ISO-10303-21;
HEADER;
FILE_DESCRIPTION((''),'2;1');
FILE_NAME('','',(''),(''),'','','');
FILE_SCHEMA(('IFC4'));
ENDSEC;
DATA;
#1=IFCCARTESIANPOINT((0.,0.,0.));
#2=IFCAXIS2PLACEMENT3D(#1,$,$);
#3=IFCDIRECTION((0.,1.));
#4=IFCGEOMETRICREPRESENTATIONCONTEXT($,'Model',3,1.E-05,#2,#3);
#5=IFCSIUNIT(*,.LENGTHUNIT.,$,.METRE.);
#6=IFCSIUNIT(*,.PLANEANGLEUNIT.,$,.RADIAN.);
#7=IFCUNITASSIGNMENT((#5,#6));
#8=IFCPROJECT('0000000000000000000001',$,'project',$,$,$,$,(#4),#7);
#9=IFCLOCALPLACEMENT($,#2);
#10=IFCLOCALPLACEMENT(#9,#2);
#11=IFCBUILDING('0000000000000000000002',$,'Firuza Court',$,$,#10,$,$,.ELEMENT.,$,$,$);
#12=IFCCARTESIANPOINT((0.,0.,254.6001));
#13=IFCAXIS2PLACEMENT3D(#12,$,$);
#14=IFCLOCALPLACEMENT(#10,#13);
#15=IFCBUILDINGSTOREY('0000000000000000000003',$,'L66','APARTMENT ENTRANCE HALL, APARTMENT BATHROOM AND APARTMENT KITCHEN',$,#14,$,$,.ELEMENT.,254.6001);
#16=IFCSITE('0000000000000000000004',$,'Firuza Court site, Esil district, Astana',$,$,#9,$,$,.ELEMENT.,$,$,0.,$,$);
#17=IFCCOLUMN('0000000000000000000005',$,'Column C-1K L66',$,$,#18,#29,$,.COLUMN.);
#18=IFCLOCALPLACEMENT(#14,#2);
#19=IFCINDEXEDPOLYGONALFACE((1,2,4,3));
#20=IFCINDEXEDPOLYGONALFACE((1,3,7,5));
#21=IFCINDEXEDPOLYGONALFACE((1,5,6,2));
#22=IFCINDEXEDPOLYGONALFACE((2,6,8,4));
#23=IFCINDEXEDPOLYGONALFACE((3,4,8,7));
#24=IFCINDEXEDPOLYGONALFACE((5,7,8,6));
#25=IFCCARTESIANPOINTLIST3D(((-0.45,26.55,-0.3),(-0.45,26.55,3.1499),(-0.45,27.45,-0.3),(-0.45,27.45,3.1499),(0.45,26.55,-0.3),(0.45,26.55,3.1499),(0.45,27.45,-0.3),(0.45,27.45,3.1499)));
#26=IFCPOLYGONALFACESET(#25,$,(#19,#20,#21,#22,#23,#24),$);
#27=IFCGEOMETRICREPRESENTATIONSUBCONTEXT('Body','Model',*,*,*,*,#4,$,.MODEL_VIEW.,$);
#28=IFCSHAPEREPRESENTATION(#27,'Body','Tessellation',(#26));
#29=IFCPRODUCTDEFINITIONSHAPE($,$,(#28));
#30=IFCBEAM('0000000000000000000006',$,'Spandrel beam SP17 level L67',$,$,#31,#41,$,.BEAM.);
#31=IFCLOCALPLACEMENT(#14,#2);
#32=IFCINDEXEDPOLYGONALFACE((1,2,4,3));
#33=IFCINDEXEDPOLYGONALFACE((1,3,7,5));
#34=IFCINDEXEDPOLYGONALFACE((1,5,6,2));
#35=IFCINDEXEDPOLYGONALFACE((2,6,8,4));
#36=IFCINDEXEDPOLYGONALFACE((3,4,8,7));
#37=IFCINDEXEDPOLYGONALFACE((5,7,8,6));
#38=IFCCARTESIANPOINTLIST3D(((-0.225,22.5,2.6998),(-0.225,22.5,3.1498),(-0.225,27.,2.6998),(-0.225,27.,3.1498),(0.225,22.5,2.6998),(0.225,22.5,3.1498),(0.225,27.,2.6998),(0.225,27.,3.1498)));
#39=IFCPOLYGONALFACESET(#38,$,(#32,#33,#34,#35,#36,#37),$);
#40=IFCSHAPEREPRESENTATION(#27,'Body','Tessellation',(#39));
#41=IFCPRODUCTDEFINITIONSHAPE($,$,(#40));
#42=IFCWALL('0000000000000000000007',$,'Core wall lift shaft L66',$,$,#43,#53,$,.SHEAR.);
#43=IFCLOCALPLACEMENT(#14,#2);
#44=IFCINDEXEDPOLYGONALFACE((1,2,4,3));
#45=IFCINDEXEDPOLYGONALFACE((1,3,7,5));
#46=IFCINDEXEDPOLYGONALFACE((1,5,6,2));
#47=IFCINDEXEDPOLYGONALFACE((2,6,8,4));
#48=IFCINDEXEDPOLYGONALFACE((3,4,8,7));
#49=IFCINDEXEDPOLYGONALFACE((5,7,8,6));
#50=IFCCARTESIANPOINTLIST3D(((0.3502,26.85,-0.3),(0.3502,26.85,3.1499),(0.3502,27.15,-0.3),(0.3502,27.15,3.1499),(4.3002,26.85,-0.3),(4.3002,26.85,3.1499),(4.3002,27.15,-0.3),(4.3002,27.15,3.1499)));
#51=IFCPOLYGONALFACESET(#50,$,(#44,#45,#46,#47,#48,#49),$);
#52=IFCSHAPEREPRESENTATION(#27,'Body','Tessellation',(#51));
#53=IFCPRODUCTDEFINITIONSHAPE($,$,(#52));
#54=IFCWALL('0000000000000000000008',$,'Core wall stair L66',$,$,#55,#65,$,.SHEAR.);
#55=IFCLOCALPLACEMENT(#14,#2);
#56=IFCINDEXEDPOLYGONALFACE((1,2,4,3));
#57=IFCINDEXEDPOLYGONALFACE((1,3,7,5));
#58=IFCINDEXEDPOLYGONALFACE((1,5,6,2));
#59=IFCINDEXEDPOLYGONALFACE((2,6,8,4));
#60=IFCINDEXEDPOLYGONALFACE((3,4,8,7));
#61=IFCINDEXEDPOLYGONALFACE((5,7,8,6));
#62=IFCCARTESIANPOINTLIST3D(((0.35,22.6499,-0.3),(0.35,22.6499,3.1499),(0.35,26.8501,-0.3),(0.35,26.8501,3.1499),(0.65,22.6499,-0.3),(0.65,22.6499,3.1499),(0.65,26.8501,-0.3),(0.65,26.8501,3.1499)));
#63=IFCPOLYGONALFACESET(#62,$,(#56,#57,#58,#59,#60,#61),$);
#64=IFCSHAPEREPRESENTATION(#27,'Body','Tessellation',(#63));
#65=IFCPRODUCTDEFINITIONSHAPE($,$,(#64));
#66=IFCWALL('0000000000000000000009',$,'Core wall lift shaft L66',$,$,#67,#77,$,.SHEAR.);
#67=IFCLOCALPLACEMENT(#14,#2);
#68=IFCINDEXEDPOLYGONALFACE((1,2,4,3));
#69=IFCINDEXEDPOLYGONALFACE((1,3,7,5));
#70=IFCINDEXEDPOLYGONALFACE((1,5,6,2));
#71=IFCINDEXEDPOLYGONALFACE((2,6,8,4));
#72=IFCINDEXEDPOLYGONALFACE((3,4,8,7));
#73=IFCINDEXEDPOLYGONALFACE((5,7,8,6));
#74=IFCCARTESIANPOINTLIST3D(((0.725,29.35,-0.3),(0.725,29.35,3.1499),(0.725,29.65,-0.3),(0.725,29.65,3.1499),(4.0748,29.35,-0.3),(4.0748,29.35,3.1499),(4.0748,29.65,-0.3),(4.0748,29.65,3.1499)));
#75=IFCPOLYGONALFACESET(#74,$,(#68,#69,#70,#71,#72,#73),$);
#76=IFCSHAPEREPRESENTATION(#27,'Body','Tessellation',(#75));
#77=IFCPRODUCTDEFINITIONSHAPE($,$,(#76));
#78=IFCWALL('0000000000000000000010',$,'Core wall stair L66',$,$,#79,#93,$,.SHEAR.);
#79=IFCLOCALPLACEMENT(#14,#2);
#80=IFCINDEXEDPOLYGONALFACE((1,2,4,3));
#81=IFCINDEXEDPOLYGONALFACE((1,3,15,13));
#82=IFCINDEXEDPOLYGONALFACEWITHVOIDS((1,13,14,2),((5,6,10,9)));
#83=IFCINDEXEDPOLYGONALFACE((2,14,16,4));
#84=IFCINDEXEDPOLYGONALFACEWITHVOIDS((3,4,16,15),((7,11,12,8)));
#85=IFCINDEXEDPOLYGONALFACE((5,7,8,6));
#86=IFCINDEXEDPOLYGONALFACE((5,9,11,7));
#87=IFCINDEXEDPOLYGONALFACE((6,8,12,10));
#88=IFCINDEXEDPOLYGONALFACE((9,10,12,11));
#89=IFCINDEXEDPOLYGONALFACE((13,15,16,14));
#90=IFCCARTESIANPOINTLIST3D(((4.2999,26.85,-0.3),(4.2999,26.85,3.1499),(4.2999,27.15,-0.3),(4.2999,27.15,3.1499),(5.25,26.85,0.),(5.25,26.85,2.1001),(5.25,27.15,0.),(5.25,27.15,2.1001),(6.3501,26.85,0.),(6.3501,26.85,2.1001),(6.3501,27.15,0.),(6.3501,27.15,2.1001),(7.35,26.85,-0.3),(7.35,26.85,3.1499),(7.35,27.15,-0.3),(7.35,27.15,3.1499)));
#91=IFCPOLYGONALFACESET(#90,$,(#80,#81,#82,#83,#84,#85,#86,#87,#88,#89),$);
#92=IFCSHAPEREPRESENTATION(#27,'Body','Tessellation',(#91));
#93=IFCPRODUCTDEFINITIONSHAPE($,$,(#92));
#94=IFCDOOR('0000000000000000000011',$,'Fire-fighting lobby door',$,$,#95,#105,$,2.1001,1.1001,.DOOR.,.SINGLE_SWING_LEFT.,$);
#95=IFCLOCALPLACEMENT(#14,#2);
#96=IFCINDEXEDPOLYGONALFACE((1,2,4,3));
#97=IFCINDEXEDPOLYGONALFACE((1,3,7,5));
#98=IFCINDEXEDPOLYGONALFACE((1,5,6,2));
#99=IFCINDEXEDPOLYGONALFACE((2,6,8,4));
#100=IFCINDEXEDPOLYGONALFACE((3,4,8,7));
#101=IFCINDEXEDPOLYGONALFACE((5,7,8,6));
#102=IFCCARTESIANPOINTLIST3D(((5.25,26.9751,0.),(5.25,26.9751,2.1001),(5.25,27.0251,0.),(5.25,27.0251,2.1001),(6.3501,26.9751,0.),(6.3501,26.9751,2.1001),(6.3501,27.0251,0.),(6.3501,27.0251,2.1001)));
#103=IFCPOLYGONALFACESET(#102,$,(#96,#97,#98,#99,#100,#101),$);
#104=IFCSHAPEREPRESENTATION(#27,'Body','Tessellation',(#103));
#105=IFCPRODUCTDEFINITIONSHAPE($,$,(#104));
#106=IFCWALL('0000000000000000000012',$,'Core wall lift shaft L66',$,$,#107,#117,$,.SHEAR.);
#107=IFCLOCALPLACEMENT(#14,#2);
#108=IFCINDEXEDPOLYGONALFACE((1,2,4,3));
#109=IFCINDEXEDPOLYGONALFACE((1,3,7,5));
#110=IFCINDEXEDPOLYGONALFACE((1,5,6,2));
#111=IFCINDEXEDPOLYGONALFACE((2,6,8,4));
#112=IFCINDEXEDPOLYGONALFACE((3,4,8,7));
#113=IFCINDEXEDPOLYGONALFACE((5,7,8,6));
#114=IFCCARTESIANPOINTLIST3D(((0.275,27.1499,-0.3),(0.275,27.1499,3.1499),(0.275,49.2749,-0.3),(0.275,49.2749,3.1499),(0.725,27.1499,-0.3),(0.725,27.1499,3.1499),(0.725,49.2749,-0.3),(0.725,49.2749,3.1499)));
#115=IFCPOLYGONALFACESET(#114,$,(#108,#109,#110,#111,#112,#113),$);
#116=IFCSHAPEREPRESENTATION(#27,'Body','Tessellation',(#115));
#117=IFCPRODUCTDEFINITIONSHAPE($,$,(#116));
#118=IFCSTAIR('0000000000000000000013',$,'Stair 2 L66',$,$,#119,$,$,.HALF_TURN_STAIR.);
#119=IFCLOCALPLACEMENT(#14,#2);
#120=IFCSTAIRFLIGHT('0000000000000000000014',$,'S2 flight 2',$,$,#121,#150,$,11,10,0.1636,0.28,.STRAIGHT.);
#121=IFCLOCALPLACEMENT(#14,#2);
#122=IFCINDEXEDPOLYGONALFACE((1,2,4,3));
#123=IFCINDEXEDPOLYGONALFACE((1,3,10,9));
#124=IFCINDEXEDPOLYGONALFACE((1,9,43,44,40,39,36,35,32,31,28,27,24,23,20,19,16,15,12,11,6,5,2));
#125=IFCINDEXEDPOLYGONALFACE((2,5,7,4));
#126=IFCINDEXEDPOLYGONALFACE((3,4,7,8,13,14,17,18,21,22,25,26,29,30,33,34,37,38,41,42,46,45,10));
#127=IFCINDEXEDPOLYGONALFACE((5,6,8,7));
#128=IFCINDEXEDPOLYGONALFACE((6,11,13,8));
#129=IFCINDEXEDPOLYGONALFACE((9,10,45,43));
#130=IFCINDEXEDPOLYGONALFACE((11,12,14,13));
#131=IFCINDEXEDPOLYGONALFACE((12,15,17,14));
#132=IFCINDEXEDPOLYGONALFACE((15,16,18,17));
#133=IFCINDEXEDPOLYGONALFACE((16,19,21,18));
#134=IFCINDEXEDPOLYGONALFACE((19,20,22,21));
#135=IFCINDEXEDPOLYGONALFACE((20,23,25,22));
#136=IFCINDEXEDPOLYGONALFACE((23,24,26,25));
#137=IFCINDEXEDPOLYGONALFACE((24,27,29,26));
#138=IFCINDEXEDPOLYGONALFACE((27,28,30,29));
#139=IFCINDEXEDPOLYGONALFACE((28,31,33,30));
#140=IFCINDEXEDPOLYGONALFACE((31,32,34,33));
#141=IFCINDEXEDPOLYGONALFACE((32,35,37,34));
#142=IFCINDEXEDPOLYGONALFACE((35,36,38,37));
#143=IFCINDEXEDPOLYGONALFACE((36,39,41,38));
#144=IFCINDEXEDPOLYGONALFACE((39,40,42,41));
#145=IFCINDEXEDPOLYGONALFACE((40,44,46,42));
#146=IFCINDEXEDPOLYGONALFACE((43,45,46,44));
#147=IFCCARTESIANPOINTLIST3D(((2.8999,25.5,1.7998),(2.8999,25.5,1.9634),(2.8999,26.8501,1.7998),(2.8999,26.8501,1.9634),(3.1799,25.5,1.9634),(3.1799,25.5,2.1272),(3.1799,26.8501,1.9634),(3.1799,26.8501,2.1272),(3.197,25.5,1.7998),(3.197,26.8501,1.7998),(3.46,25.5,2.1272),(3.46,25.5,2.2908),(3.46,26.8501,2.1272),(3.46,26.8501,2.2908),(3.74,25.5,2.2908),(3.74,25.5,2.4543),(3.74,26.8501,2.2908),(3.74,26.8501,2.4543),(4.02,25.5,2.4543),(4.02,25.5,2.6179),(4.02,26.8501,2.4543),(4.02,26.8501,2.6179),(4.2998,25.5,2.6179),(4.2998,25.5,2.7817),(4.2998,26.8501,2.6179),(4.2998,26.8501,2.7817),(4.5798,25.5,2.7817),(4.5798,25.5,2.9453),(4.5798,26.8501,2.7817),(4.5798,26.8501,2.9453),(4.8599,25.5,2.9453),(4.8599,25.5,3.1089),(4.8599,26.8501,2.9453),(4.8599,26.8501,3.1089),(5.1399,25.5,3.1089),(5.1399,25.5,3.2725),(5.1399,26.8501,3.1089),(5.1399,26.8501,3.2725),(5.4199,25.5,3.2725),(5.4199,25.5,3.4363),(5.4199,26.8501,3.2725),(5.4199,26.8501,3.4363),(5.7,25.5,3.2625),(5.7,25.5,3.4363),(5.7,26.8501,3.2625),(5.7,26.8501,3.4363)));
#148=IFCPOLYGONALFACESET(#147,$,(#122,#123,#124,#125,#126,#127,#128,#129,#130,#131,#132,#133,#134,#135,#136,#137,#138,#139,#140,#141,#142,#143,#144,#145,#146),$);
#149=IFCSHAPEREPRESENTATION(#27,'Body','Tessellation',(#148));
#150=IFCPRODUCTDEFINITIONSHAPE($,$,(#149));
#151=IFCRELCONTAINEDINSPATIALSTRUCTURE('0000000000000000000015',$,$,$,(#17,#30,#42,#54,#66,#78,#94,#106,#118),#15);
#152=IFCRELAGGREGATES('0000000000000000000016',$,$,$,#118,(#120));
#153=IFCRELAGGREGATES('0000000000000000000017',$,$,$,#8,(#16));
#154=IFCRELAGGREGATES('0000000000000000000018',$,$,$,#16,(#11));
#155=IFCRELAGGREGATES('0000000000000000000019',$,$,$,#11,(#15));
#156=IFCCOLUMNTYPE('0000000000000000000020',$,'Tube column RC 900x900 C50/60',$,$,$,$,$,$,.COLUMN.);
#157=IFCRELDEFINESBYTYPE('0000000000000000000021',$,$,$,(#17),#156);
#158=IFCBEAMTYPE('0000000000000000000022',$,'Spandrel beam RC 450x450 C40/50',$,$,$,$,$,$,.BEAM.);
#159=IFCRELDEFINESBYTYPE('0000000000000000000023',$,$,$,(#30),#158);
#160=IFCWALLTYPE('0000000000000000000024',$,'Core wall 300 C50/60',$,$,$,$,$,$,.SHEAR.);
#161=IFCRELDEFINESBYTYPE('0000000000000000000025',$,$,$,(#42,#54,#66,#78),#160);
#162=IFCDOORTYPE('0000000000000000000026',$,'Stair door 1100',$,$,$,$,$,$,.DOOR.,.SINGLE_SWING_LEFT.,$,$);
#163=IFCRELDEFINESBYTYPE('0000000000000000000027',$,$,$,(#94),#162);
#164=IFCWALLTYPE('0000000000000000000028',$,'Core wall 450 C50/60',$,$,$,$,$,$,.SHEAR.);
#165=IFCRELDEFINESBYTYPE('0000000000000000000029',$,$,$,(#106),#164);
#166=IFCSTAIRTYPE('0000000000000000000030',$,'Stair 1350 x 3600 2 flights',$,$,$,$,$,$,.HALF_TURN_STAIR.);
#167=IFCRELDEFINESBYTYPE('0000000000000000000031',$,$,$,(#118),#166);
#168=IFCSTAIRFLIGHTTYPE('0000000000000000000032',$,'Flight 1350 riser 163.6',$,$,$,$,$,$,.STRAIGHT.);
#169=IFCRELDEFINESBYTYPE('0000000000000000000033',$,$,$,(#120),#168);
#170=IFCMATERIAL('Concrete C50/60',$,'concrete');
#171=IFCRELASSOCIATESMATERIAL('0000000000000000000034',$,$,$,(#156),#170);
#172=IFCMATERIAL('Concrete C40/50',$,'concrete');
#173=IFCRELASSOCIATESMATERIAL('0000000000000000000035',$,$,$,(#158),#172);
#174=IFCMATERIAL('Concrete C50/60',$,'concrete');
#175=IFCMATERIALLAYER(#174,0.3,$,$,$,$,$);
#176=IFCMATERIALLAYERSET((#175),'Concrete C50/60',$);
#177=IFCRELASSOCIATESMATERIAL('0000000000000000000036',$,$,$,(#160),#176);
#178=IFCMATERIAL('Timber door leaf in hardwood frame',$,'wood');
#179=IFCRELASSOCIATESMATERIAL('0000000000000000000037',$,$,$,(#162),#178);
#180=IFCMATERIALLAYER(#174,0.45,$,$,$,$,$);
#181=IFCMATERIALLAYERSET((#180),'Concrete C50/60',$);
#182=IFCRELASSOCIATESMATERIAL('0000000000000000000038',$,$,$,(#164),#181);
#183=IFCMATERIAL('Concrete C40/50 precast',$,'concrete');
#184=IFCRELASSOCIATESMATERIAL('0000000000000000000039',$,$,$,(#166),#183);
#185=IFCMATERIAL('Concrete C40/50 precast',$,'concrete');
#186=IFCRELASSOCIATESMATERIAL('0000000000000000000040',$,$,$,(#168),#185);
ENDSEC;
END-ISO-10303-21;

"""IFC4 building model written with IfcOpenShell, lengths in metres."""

from ifc_helpers import new_model, si_unit, direction, frame, frame_2d, origin, origin_2d, place, context, subcontext, project, spatial, polyline, rectangle, outline, extrude, material, layer, layer_set, material_profile, profile_set, type_object, element, fill, aggregate, save


model = new_model("IFC4")

# Units and contexts
model_context = context("Model", 3, precision=1e-05, world=origin(), true_north=direction((0.0, 1.0)))
body_context = subcontext(model_context, "Body", "Model", "MODEL_VIEW")
ifc_project = project(units=[si_unit("LENGTHUNIT", "METRE"), si_unit("PLANEANGLEUNIT", "RADIAN")], contexts=[model_context])

# Site, building, storey
site_placement = place(None, origin())
site = spatial("IfcSite", under=ifc_project, at=site_placement, Name="Firuza Court site, Esil district, Astana", CompositionType="ELEMENT", RefElevation=0.0)
building_placement = place(site_placement, origin())
building = spatial("IfcBuilding", under=site, at=building_placement, Name="Firuza Court", CompositionType="ELEMENT")
storey_placement = place(building_placement, frame((0.0, 0.0, 254.6001)))
storey = spatial("IfcBuildingStorey", under=building, at=storey_placement, Name="L66", Description="APARTMENT ENTRANCE HALL, APARTMENT BATHROOM AND APARTMENT KITCHEN", CompositionType="ELEMENT", Elevation=254.6001)

# Column
ifc_material_1 = material(Name="Concrete C50/60", Category="concrete")
ifc_material_profile_1 = material_profile(ifc_material_1, rectangle(XDim=0.8999, YDim=0.8999, at=origin_2d()), Name="RC 900x900")
ifc_profile_set_1 = profile_set([ifc_material_profile_1], Name="Concrete C50/60")
column_type = type_object("IfcColumnType", Name="Tube column RC 900x900 C50/60", PredefinedType="COLUMN", material=ifc_profile_set_1)
column_placement = place(storey_placement, frame((0.0, 27.0, -0.3), z_axis=(0.0, 0.0, 1.0), x_axis=(1.0, 0.0, 0.0)))
element("IfcColumn", 1, at=column_placement, inside=storey, type_object=column_type, Name="Column C-1K L66", PredefinedType="COLUMN", context=body_context, shape_type="SweptSolid", body=[
    extrude(rectangle(XDim=0.8999, YDim=0.8999, at=origin_2d()), origin(), (0.0, 0.0, 1.0), 3.45),
])

# Beam
ifc_material_2 = material(Name="Concrete C40/50", Category="concrete")
ifc_material_profile_2 = material_profile(ifc_material_2, rectangle(XDim=0.45, YDim=0.45, at=origin_2d()), Name="RC 450x450")
ifc_profile_set_2 = profile_set([ifc_material_profile_2], Name="Concrete C40/50")
beam_type = type_object("IfcBeamType", Name="Spandrel beam RC 450x450 C40/50", PredefinedType="BEAM", material=ifc_profile_set_2)
beam_placement = place(storey_placement, frame((0.0, 27.0, 2.9248), z_axis=(0.0, -1.0, 0.0), x_axis=(1.0, 0.0, 0.0)))
element("IfcBeam", 2, at=beam_placement, inside=storey, type_object=beam_type, Name="Spandrel beam SP17 level L67", PredefinedType="BEAM", context=body_context, shape_type="SweptSolid", body=[
    extrude(rectangle(XDim=0.45, YDim=0.45, at=origin_2d()), origin(), (0.0, 0.0, 1.0), 4.5),
])

# Walls
ifc_material_3 = material(Name="Concrete C50/60", Category="concrete")
ifc_layer_1 = layer(ifc_material_3, 0.3)
ifc_layer_set_1 = layer_set([ifc_layer_1], Name="Concrete C50/60")
wall_type_1 = type_object("IfcWallType", Name="Core wall 300 C50/60", PredefinedType="SHEAR", material=ifc_layer_set_1)
wall_1_placement = place(storey_placement, frame((0.3501, 27.0, -0.3), z_axis=(0.0, 0.0, 1.0), x_axis=(1.0, 0.0, 0.0)))
element("IfcWall", 3, at=wall_1_placement, inside=storey, type_object=wall_type_1, Name="Core wall lift shaft L66", PredefinedType="SHEAR", context=body_context, shape_type="SweptSolid", body=[
    extrude(rectangle(XDim=3.95, YDim=0.3, at=frame_2d((1.9751, 0.0))), origin(), (0.0, 0.0, 1.0), 3.45),
])
wall_2_placement = place(storey_placement, frame((0.5, 22.6499, -0.3), z_axis=(0.0, 0.0, 1.0), x_axis=(0.0, 1.0, 0.0)))
element("IfcWall", 4, at=wall_2_placement, inside=storey, type_object=wall_type_1, Name="Core wall stair L66", PredefinedType="SHEAR", context=body_context, shape_type="SweptSolid", body=[
    extrude(rectangle(XDim=4.2002, YDim=0.3, at=frame_2d((2.1001, 0.0))), origin(), (0.0, 0.0, 1.0), 3.45),
])
wall_3_placement = place(storey_placement, frame((0.7251, 29.5, -0.3), z_axis=(0.0, 0.0, 1.0), x_axis=(1.0, 0.0, 0.0)))
element("IfcWall", 5, at=wall_3_placement, inside=storey, type_object=wall_type_1, Name="Core wall lift shaft L66", PredefinedType="SHEAR", context=body_context, shape_type="SweptSolid", body=[
    extrude(rectangle(XDim=3.3499, YDim=0.3, at=frame_2d((1.6748, 0.0))), origin(), (0.0, 0.0, 1.0), 3.45),
])

# Wall, opening, door
wall_4_placement = place(storey_placement, frame((4.3, 27.0, -0.3), z_axis=(0.0, 0.0, 1.0), x_axis=(1.0, 0.0, 0.0)))
wall_4 = element("IfcWall", 6, at=wall_4_placement, inside=storey, type_object=wall_type_1, Name="Core wall stair L66", PredefinedType="SHEAR", context=body_context, shape_type="SweptSolid", body=[
    extrude(rectangle(XDim=3.05, YDim=0.3, at=frame_2d((1.5249, 0.0))), origin(), (0.0, 0.0, 1.0), 3.45),
])
opening_placement = place(wall_4_placement, frame((0.95, 0.0, 0.3)))
opening = element("IfcOpeningElement", 7, at=opening_placement, cuts=wall_4, PredefinedType="OPENING", context=body_context, shape_type="SweptSolid", body=[
    extrude(rectangle(XDim=1.1001, YDim=2.1001, at=frame_2d((0.55, 1.05))), frame((0.0, 0.1621, 0.0), z_axis=(0.0, -1.0, 0.0), x_axis=(1.0, 0.0, 0.0)), (0.0, 0.0, 1.0), 0.324),
])
ifc_material_4 = material(Name="Timber door leaf in hardwood frame", Category="wood")
door_type = type_object("IfcDoorType", Name="Stair door 1100", OperationType="SINGLE_SWING_LEFT", PredefinedType="DOOR", material=ifc_material_4)
door_placement = place(opening_placement, frame((1.1001, 0.0, 0.0), z_axis=(0.0, 0.0, 1.0), x_axis=(-1.0, 0.0, 0.0)))
door = element("IfcDoor", 8, at=door_placement, inside=storey, type_object=door_type, Name="Fire-fighting lobby door", OperationType="SINGLE_SWING_LEFT", OverallHeight=2.1001, OverallWidth=1.1001, PredefinedType="DOOR", context=body_context, shape_type="SweptSolid", body=[
    extrude(rectangle(XDim=1.1001, YDim=2.1001, at=frame_2d((0.55, 1.05))), frame((0.0, 0.0249, 0.0), z_axis=(0.0, -1.0, 0.0), x_axis=(1.0, 0.0, 0.0)), (0.0, 0.0, 1.0), 0.05),
])
fill(opening, door)

# Wall
ifc_layer_2 = layer(ifc_material_3, 0.45)
ifc_layer_set_2 = layer_set([ifc_layer_2], Name="Concrete C50/60")
wall_type_2 = type_object("IfcWallType", Name="Core wall 450 C50/60", PredefinedType="SHEAR", material=ifc_layer_set_2)
wall_5_placement = place(storey_placement, frame((0.5, 27.1499, -0.3), z_axis=(0.0, 0.0, 1.0), x_axis=(0.0, 1.0, 0.0)))
element("IfcWall", 9, at=wall_5_placement, inside=storey, type_object=wall_type_2, Name="Core wall lift shaft L66", PredefinedType="SHEAR", context=body_context, shape_type="SweptSolid", body=[
    extrude(rectangle(XDim=22.125, YDim=0.45, at=frame_2d((11.0625, 0.0))), origin(), (0.0, 0.0, 1.0), 3.45),
])

# Stair, stair flight
ifc_material_5 = material(Name="Concrete C40/50 precast", Category="concrete")
stair_type = type_object("IfcStairType", Name="Stair 1350 x 3600 2 flights", PredefinedType="HALF_TURN_STAIR", material=ifc_material_5)
stair_placement = place(storey_placement, origin())
stair = element("IfcStair", 10, at=stair_placement, inside=storey, type_object=stair_type, Name="Stair 2 L66", PredefinedType="HALF_TURN_STAIR")
ifc_material_6 = material(Name="Concrete C40/50 precast", Category="concrete")
stair_flight_type = type_object("IfcStairFlightType", Name="Flight 1350 riser 163.6", PredefinedType="STRAIGHT", material=ifc_material_6)
stair_flight_placement = place(storey_placement, frame((2.8999, 26.175, 1.7998), z_axis=(0.0, 0.0, 1.0), x_axis=(1.0, 0.0, 0.0)))
stair_flight = element("IfcStairFlight", 11, at=stair_flight_placement, type_object=stair_flight_type, Name="S2 flight 2", NumberOfRisers=11, NumberOfTreads=10, PredefinedType="STRAIGHT", RiserHeight=0.1636, TreadLength=0.28, context=body_context, shape_type="SweptSolid", body=[
    extrude(outline(polyline([(0.0, 0.0), (0.0, 0.1636), (0.28, 0.1636), (0.28, 0.3274), (0.5601, 0.3274), (0.5601, 0.491), (0.8401, 0.491), (0.8401, 0.6545), (1.1201, 0.6545), (1.1201, 0.8181), (1.3999, 0.8181), (1.3999, 0.9819), (1.6799, 0.9819), (1.6799, 1.1455), (1.96, 1.1455), (1.96, 1.3091), (2.24, 1.3091), (2.24, 1.4727), (2.52, 1.4727), (2.52, 1.6365), (2.8, 1.6365), (2.8, 1.8), (2.8, 1.4626), (0.2971, 0.0), (0.0, 0.0)])), frame((0.0, 0.675, 0.0), z_axis=(0.0, -1.0, 0.0), x_axis=(1.0, 0.0, 0.0)), (0.0, 0.0, 1.0), 1.3501),
])
aggregate(stair, [stair_flight])

save(model, "model.ifc")
